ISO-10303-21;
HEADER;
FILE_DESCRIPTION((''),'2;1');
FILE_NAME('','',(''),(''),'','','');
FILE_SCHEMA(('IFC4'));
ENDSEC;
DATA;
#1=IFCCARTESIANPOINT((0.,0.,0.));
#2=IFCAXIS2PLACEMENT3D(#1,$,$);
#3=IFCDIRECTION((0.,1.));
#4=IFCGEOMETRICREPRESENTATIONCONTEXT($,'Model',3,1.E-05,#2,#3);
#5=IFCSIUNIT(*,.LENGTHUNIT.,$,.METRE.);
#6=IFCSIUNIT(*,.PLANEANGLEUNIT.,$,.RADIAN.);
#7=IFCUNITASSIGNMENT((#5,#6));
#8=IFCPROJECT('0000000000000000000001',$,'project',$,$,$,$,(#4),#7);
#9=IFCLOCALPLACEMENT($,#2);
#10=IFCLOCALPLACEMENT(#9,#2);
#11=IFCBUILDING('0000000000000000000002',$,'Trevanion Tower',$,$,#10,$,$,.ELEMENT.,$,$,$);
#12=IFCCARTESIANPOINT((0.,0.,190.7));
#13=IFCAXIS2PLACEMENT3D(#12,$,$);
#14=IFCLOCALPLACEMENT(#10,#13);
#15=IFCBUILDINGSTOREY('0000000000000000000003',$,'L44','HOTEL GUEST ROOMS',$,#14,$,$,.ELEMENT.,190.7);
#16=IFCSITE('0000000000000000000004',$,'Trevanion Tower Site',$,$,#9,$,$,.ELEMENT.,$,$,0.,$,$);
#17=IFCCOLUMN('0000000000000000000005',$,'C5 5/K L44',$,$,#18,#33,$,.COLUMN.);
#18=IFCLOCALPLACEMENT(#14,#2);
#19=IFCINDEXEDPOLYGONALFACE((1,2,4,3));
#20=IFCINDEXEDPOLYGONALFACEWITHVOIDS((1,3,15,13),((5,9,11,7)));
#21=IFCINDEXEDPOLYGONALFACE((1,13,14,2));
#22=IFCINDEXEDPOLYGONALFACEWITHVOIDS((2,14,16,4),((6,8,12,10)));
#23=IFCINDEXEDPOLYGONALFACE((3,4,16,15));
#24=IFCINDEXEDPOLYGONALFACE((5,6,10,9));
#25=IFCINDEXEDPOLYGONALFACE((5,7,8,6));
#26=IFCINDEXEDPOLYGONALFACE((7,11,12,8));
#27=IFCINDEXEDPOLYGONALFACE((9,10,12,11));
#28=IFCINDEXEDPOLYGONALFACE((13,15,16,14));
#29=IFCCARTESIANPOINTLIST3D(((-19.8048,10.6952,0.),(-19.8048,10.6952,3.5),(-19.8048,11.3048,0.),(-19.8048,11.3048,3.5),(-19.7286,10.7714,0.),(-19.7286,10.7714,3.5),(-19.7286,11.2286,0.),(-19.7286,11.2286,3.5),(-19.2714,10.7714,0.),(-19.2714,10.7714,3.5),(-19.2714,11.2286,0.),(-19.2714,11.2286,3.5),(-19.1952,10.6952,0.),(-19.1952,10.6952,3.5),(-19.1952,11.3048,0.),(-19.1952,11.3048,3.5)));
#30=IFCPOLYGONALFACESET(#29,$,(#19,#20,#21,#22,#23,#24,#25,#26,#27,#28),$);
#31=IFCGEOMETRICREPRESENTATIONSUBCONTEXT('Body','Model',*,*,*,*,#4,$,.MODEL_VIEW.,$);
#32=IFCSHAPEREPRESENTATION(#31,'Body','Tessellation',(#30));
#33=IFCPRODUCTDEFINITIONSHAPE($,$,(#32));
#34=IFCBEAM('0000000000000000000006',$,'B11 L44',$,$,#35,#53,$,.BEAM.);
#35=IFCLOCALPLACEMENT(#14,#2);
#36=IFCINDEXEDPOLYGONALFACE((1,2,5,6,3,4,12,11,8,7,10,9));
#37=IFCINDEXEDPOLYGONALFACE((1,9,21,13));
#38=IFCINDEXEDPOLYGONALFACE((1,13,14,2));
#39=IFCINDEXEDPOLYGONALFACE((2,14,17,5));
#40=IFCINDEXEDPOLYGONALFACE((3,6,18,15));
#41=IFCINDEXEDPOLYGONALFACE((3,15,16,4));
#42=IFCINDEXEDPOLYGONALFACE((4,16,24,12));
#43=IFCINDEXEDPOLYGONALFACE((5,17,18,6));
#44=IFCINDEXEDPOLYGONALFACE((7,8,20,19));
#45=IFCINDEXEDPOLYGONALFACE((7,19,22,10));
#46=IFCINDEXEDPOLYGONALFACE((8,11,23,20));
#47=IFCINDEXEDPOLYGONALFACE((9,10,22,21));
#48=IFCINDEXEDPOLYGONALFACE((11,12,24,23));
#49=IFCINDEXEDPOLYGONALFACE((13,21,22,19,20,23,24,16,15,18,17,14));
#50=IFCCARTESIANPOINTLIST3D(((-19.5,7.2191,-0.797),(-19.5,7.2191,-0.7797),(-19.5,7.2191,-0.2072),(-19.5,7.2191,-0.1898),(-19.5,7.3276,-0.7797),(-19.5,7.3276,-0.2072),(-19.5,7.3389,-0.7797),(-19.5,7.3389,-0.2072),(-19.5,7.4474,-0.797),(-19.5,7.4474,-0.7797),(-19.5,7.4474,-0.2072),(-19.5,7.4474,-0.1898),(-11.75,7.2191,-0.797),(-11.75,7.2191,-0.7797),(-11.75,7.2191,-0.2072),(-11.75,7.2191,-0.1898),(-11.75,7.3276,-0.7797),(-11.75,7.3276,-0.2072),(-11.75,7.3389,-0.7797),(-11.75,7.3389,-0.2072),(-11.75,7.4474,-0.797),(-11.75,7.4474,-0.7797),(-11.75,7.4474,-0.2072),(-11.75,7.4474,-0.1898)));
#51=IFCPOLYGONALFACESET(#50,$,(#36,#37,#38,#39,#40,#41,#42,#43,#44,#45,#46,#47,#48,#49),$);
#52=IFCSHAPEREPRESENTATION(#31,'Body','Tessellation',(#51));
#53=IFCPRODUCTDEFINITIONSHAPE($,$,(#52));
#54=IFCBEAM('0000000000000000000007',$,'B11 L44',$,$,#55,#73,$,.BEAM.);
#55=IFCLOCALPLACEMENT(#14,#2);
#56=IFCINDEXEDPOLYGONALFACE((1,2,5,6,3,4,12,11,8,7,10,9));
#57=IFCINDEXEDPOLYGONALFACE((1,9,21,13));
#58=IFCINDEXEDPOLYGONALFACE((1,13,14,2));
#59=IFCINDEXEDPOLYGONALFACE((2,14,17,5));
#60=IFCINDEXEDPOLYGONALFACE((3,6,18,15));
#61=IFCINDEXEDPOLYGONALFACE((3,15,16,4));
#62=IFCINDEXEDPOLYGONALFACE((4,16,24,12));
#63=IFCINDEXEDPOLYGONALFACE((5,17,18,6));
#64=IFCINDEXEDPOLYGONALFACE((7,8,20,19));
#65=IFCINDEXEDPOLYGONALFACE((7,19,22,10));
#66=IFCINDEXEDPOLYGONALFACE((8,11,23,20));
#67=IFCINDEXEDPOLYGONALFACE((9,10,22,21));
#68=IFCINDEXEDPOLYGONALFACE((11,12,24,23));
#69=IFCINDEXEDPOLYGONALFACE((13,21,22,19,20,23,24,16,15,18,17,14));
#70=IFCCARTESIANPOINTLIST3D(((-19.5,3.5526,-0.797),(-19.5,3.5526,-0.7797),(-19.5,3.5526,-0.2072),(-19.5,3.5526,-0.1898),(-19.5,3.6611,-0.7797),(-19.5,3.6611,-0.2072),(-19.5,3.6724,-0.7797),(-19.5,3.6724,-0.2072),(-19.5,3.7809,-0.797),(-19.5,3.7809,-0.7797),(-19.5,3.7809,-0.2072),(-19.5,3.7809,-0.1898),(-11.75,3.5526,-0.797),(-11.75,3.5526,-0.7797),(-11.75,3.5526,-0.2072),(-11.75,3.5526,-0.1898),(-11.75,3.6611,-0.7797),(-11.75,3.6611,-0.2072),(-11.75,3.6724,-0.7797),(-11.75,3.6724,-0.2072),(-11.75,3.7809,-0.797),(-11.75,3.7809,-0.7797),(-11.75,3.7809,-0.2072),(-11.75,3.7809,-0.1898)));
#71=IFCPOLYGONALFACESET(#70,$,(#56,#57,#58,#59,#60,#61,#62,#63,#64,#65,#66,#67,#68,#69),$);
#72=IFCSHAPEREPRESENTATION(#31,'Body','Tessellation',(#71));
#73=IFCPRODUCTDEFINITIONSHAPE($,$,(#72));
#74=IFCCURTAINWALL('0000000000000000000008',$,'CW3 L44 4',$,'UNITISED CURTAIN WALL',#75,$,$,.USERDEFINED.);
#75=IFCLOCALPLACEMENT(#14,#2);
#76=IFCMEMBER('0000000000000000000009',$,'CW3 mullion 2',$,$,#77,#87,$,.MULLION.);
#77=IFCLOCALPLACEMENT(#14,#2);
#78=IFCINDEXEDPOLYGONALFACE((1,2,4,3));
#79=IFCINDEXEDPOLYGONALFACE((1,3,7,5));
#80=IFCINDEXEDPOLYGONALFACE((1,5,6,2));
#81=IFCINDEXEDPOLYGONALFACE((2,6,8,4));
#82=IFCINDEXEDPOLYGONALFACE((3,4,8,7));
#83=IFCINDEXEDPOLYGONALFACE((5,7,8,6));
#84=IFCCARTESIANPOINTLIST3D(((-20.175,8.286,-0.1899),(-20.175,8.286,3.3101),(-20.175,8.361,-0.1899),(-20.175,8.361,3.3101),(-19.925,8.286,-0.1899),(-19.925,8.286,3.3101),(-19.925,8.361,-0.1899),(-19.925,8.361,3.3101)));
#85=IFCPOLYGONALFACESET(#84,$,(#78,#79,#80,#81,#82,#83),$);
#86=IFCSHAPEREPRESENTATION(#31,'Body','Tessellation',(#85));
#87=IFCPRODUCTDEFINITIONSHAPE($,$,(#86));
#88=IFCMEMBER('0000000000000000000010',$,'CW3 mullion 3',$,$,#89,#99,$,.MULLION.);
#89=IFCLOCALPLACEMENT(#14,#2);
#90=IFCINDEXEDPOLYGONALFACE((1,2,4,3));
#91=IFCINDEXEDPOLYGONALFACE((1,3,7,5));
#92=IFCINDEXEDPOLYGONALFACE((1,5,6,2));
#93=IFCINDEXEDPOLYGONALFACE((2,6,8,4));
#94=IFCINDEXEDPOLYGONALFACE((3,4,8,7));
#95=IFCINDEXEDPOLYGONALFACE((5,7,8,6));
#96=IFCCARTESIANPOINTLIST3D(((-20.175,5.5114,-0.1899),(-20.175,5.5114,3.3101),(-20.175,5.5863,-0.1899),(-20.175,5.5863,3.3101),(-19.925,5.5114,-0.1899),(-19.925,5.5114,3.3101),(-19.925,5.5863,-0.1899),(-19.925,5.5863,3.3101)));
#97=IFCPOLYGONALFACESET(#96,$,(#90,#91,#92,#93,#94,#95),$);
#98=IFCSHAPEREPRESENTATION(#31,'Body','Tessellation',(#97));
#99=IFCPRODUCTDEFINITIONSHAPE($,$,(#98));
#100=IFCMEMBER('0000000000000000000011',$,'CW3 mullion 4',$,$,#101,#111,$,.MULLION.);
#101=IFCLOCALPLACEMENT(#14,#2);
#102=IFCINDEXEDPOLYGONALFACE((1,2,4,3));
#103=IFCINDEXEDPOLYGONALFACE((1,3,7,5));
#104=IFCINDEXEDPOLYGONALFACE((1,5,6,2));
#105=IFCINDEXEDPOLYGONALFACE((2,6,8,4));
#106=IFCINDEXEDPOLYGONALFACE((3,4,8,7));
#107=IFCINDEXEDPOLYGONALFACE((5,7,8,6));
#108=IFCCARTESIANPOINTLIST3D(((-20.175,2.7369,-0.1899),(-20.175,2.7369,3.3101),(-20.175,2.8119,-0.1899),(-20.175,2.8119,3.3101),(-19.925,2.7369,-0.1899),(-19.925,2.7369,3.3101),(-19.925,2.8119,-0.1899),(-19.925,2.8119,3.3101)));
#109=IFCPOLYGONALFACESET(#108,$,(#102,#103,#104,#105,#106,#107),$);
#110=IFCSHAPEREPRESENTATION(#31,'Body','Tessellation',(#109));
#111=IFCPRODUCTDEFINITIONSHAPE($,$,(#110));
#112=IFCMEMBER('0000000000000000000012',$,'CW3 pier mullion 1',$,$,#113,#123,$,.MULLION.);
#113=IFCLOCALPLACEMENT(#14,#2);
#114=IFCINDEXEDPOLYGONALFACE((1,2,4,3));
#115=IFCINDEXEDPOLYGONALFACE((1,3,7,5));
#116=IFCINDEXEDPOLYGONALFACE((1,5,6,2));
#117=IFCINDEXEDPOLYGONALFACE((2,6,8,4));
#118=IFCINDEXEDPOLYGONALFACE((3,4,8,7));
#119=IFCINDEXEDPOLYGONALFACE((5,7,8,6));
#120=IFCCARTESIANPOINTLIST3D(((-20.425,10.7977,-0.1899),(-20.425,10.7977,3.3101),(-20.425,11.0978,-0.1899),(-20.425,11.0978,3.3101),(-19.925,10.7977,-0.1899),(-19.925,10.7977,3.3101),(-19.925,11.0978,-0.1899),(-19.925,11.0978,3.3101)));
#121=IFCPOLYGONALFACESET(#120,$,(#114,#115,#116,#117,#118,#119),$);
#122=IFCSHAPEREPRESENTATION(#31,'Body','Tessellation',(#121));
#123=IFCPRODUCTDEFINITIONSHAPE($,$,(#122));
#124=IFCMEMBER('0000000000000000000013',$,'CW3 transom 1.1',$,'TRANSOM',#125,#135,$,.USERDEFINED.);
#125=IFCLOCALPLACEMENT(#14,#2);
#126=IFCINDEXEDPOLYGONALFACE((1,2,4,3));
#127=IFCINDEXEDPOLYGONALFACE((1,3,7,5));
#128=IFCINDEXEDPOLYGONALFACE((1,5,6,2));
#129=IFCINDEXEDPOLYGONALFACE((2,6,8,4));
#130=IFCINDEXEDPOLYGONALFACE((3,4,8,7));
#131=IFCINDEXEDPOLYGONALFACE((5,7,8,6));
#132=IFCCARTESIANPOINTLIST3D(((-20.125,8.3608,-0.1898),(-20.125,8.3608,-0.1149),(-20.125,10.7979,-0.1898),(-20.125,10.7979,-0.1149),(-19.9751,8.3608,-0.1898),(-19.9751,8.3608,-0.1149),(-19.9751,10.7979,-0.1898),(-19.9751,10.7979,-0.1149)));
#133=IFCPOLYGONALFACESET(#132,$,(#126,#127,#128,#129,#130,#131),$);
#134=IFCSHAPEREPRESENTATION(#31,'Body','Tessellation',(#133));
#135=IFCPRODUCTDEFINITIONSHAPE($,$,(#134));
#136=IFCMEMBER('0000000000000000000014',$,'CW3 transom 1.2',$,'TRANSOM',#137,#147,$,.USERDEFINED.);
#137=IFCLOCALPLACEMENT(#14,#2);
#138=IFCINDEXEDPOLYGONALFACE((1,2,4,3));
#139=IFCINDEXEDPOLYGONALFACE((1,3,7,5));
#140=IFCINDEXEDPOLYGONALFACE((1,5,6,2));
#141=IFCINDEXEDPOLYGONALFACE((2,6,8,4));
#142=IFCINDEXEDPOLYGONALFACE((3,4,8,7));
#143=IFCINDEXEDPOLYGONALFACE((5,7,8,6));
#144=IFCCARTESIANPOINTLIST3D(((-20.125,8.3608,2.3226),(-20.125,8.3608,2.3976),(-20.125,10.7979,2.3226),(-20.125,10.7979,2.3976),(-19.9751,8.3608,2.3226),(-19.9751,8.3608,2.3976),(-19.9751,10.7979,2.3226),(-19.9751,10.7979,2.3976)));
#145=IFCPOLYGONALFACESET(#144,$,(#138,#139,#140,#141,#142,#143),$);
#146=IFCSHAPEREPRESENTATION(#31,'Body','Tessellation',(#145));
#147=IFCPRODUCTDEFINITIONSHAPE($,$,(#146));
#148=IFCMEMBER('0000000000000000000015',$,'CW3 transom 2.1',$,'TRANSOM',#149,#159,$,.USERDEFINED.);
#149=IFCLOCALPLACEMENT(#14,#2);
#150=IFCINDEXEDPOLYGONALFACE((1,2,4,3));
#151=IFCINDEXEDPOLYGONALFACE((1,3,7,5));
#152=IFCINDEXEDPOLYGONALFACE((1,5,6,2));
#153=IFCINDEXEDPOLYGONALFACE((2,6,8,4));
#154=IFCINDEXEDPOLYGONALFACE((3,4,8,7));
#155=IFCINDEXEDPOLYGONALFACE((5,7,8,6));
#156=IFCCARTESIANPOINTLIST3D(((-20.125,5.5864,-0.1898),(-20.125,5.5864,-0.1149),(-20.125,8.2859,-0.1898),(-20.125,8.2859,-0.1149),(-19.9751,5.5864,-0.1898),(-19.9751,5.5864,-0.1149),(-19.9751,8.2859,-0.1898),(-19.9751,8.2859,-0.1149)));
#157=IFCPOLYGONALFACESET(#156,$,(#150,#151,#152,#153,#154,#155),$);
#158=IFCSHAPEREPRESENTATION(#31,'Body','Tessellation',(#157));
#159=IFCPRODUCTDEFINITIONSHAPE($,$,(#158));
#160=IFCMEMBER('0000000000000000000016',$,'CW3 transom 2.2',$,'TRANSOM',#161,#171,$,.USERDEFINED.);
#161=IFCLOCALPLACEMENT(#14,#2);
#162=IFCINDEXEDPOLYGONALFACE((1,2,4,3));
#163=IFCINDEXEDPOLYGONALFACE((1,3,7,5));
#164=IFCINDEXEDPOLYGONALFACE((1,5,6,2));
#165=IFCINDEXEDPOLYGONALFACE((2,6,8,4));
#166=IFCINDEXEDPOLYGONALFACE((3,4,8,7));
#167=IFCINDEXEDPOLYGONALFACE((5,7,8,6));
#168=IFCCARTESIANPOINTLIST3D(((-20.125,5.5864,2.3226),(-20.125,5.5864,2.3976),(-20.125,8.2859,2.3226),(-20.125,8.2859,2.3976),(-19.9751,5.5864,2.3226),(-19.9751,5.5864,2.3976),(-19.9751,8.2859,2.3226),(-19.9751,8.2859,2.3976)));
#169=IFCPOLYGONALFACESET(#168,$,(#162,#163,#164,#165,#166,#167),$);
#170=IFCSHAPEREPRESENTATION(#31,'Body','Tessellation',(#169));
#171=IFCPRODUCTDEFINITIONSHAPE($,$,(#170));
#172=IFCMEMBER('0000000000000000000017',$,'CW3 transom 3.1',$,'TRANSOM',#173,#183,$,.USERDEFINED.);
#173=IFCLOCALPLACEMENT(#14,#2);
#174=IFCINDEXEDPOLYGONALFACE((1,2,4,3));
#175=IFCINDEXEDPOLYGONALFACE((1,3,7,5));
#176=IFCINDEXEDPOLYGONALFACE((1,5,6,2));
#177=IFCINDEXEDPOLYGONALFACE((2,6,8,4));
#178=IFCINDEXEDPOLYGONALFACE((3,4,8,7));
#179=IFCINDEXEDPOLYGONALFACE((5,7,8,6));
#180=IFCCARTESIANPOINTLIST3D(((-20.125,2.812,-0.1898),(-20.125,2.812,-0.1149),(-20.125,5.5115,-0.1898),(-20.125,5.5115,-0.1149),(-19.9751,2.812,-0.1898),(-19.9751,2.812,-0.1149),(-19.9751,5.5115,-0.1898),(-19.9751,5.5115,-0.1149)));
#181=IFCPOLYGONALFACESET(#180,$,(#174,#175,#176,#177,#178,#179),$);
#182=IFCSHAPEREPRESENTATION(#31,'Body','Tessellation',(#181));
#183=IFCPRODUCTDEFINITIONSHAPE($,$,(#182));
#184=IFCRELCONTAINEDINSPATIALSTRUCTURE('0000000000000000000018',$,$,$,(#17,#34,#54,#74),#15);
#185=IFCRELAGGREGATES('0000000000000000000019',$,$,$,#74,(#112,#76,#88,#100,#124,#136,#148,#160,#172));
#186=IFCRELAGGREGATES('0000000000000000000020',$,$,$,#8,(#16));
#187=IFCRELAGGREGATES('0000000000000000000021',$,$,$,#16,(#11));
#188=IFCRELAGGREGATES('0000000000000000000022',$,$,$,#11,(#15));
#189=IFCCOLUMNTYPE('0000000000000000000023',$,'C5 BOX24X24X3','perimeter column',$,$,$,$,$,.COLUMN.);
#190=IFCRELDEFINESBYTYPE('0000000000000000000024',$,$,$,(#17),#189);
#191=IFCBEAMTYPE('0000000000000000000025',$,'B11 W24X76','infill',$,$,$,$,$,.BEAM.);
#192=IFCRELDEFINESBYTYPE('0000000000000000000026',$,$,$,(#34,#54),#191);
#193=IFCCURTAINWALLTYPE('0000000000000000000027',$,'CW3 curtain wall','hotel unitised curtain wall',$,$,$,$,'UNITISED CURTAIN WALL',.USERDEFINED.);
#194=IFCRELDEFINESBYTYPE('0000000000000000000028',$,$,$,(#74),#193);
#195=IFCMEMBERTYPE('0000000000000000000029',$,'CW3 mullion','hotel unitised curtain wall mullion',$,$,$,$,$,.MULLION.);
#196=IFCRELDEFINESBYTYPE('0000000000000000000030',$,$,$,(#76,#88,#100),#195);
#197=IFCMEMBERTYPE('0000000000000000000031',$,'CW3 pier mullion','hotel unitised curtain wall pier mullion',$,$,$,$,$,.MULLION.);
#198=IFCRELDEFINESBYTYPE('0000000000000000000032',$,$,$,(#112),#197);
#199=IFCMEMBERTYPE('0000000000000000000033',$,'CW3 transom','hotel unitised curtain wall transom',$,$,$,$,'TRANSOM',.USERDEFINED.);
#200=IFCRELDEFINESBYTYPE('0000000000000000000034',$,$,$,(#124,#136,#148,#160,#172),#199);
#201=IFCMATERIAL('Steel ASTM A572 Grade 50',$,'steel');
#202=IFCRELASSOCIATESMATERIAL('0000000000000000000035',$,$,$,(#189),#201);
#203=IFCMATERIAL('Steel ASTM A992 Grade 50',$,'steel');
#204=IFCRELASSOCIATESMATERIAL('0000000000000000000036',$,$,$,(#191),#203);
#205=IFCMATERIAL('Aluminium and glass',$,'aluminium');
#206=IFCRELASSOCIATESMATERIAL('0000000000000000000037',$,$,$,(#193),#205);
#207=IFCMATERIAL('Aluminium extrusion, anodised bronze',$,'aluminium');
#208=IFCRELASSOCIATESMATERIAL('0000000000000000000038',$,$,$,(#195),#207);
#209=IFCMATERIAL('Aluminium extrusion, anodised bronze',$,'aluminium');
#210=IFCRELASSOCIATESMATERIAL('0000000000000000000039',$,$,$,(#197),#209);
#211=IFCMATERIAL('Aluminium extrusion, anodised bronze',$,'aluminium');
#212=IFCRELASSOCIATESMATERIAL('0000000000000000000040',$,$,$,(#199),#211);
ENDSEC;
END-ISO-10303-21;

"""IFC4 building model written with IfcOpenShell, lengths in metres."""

from ifc_helpers import new_model, si_unit, direction, frame, origin, origin_2d, place, context, subcontext, project, spatial, rectangle, hollow_rectangle, i_section, extrude, material, material_profile, profile_set, type_object, element, aggregate, save


model = new_model("IFC4")

# Units and contexts
model_context = context("Model", 3, precision=1e-05, world=origin(), true_north=direction((0.0, 1.0)))
body_context = subcontext(model_context, "Body", "Model", "MODEL_VIEW")
ifc_project = project(units=[si_unit("LENGTHUNIT", "METRE"), si_unit("PLANEANGLEUNIT", "RADIAN")], contexts=[model_context])

# Site, building, storey
site_placement = place(None, origin())
site = spatial("IfcSite", under=ifc_project, at=site_placement, Name="Trevanion Tower Site", CompositionType="ELEMENT", RefElevation=0.0)
building_placement = place(site_placement, origin())
building = spatial("IfcBuilding", under=site, at=building_placement, Name="Trevanion Tower", CompositionType="ELEMENT")
storey_placement = place(building_placement, frame((0.0, 0.0, 190.7)))
storey = spatial("IfcBuildingStorey", under=building, at=storey_placement, Name="L44", Description="HOTEL GUEST ROOMS", CompositionType="ELEMENT", Elevation=190.7)

# Column
ifc_material_1 = material(Name="Steel ASTM A572 Grade 50", Category="steel")
ifc_material_profile_1 = material_profile(ifc_material_1, hollow_rectangle(XDim=0.6096, YDim=0.6096, WallThickness=0.0762, at=origin_2d()), Name="BOX24X24X3")
ifc_profile_set_1 = profile_set([ifc_material_profile_1], Name="Steel ASTM A572 Grade 50")
column_type = type_object("IfcColumnType", Name="C5 BOX24X24X3", Description="perimeter column", PredefinedType="COLUMN", material=ifc_profile_set_1)
column_placement = place(storey_placement, frame((-19.5, 11.0, 0.0), z_axis=(0.0, 0.0, 1.0), x_axis=(0.0, 1.0, 0.0)))
element("IfcColumn", 1, at=column_placement, inside=storey, type_object=column_type, Name="C5 5/K L44", PredefinedType="COLUMN", context=body_context, shape_type="SweptSolid", body=[
    extrude(hollow_rectangle(XDim=0.6096, YDim=0.6096, WallThickness=0.0762, at=origin_2d()), origin(), (0.0, 0.0, 1.0), 3.5),
])

# Beams
ifc_material_2 = material(Name="Steel ASTM A992 Grade 50", Category="steel")
ifc_material_profile_2 = material_profile(ifc_material_2, i_section(OverallWidth=0.2283, OverallDepth=0.6072, WebThickness=0.0112, FlangeThickness=0.0173, at=origin_2d()), Name="W24X76")
ifc_profile_set_2 = profile_set([ifc_material_profile_2], Name="Steel ASTM A992 Grade 50")
beam_type_1 = type_object("IfcBeamType", Name="B11 W24X76", Description="infill", PredefinedType="BEAM", material=ifc_profile_set_2)
for number, where, z_axis, x_axis, name in (
    (2, (-11.75, 7.3333, -0.4934), (-1.0, 0.0, 0.0), (0.0, -1.0, 0.0), "B11 L44"),
    (3, (-11.75, 3.6667, -0.4934), (-1.0, 0.0, 0.0), (0.0, -1.0, 0.0), "B11 L44"),
):
    element("IfcBeam", number, at=place(storey_placement, frame(where, z_axis=z_axis, x_axis=x_axis)), inside=storey, type_object=beam_type_1, Name=name, PredefinedType="BEAM", context=body_context, shape_type="SweptSolid", body=[
        extrude(i_section(OverallWidth=0.2283, OverallDepth=0.6072, WebThickness=0.0112, FlangeThickness=0.0173, at=origin_2d()), origin(), (0.0, 0.0, 1.0), 7.75),
    ])

# Curtain wall, members
ifc_material_3 = material(Name="Aluminium and glass", Category="aluminium")
curtain_wall_type = type_object("IfcCurtainWallType", Name="CW3 curtain wall", Description="hotel unitised curtain wall", ElementType="UNITISED CURTAIN WALL", PredefinedType="USERDEFINED", material=ifc_material_3)
curtain_wall_placement = place(storey_placement, origin())
curtain_wall = element("IfcCurtainWall", 4, at=curtain_wall_placement, inside=storey, type_object=curtain_wall_type, Name="CW3 L44 4", ObjectType="UNITISED CURTAIN WALL", PredefinedType="USERDEFINED")
ifc_material_4 = material(Name="Aluminium extrusion, anodised bronze", Category="aluminium")
ifc_material_profile_3 = material_profile(ifc_material_4, rectangle(XDim=0.075, YDim=0.25, at=origin_2d()), Name="CW3 mullion")
ifc_profile_set_3 = profile_set([ifc_material_profile_3], Name="Aluminium extrusion, anodised bronze")
member_type_1 = type_object("IfcMemberType", Name="CW3 mullion", Description="hotel unitised curtain wall mullion", PredefinedType="MULLION", material=ifc_profile_set_3)
member_1_placement = place(storey_placement, frame((-20.05, 8.3235, -0.1899), z_axis=(0.0, 0.0, 1.0), x_axis=(0.0, -1.0, 0.0)))
member_1 = element("IfcMember", 5, at=member_1_placement, type_object=member_type_1, Name="CW3 mullion 2", PredefinedType="MULLION", context=body_context, shape_type="SweptSolid", body=[
    extrude(rectangle(XDim=0.075, YDim=0.25, at=origin_2d()), origin(), (0.0, 0.0, 1.0), 3.5),
])
member_2_placement = place(storey_placement, frame((-20.05, 5.5488, -0.1899), z_axis=(0.0, 0.0, 1.0), x_axis=(0.0, -1.0, 0.0)))
member_2 = element("IfcMember", 6, at=member_2_placement, type_object=member_type_1, Name="CW3 mullion 3", PredefinedType="MULLION", context=body_context, shape_type="SweptSolid", body=[
    extrude(rectangle(XDim=0.075, YDim=0.25, at=origin_2d()), origin(), (0.0, 0.0, 1.0), 3.5),
])
member_3_placement = place(storey_placement, frame((-20.05, 2.7744, -0.1899), z_axis=(0.0, 0.0, 1.0), x_axis=(0.0, -1.0, 0.0)))
member_3 = element("IfcMember", 7, at=member_3_placement, type_object=member_type_1, Name="CW3 mullion 4", PredefinedType="MULLION", context=body_context, shape_type="SweptSolid", body=[
    extrude(rectangle(XDim=0.075, YDim=0.25, at=origin_2d()), origin(), (0.0, 0.0, 1.0), 3.5),
])
ifc_material_5 = material(Name="Aluminium extrusion, anodised bronze", Category="aluminium")
ifc_material_profile_4 = material_profile(ifc_material_5, rectangle(XDim=0.3, YDim=0.5, at=origin_2d()), Name="CW3 pier mullion")
ifc_profile_set_4 = profile_set([ifc_material_profile_4], Name="Aluminium extrusion, anodised bronze")
member_type_2 = type_object("IfcMemberType", Name="CW3 pier mullion", Description="hotel unitised curtain wall pier mullion", PredefinedType="MULLION", material=ifc_profile_set_4)
member_4_placement = place(storey_placement, frame((-20.175, 10.9478, -0.1899), z_axis=(0.0, 0.0, 1.0), x_axis=(0.0, -1.0, 0.0)))
member_4 = element("IfcMember", 8, at=member_4_placement, type_object=member_type_2, Name="CW3 pier mullion 1", PredefinedType="MULLION", context=body_context, shape_type="SweptSolid", body=[
    extrude(rectangle(XDim=0.3, YDim=0.5, at=origin_2d()), origin(), (0.0, 0.0, 1.0), 3.5),
])
ifc_material_6 = material(Name="Aluminium extrusion, anodised bronze", Category="aluminium")
ifc_material_profile_5 = material_profile(ifc_material_6, rectangle(XDim=0.1499, YDim=0.075, at=origin_2d()), Name="CW3 transom")
ifc_profile_set_5 = profile_set([ifc_material_profile_5], Name="Aluminium extrusion, anodised bronze")
member_type_3 = type_object("IfcMemberType", Name="CW3 transom", Description="hotel unitised curtain wall transom", ElementType="TRANSOM", PredefinedType="USERDEFINED", material=ifc_profile_set_5)
member_5_placement = place(storey_placement, frame((-20.05, 10.7979, -0.1523), z_axis=(0.0, -1.0, 0.0), x_axis=(1.0, 0.0, 0.0)))
member_5 = element("IfcMember", 9, at=member_5_placement, type_object=member_type_3, Name="CW3 transom 1.1", ObjectType="TRANSOM", PredefinedType="USERDEFINED", context=body_context, shape_type="SweptSolid", body=[
    extrude(rectangle(XDim=0.1499, YDim=0.075, at=origin_2d()), origin(), (0.0, 0.0, 1.0), 2.437),
])
member_6_placement = place(storey_placement, frame((-20.05, 10.7979, 2.3601), z_axis=(0.0, -1.0, 0.0), x_axis=(1.0, 0.0, 0.0)))
member_6 = element("IfcMember", 10, at=member_6_placement, type_object=member_type_3, Name="CW3 transom 1.2", ObjectType="TRANSOM", PredefinedType="USERDEFINED", context=body_context, shape_type="SweptSolid", body=[
    extrude(rectangle(XDim=0.1499, YDim=0.075, at=origin_2d()), origin(), (0.0, 0.0, 1.0), 2.437),
])
member_7_placement = place(storey_placement, frame((-20.05, 8.2859, -0.1523), z_axis=(0.0, -1.0, 0.0), x_axis=(1.0, 0.0, 0.0)))
member_7 = element("IfcMember", 11, at=member_7_placement, type_object=member_type_3, Name="CW3 transom 2.1", ObjectType="TRANSOM", PredefinedType="USERDEFINED", context=body_context, shape_type="SweptSolid", body=[
    extrude(rectangle(XDim=0.1499, YDim=0.075, at=origin_2d()), origin(), (0.0, 0.0, 1.0), 2.6995),
])
member_8_placement = place(storey_placement, frame((-20.05, 8.2859, 2.3601), z_axis=(0.0, -1.0, 0.0), x_axis=(1.0, 0.0, 0.0)))
member_8 = element("IfcMember", 12, at=member_8_placement, type_object=member_type_3, Name="CW3 transom 2.2", ObjectType="TRANSOM", PredefinedType="USERDEFINED", context=body_context, shape_type="SweptSolid", body=[
    extrude(rectangle(XDim=0.1499, YDim=0.075, at=origin_2d()), origin(), (0.0, 0.0, 1.0), 2.6995),
])
member_9_placement = place(storey_placement, frame((-20.05, 5.5115, -0.1523), z_axis=(0.0, -1.0, 0.0), x_axis=(1.0, 0.0, 0.0)))
member_9 = element("IfcMember", 13, at=member_9_placement, type_object=member_type_3, Name="CW3 transom 3.1", ObjectType="TRANSOM", PredefinedType="USERDEFINED", context=body_context, shape_type="SweptSolid", body=[
    extrude(rectangle(XDim=0.1499, YDim=0.075, at=origin_2d()), origin(), (0.0, 0.0, 1.0), 2.6995),
])

aggregate(curtain_wall, [member_4, member_1, member_2, member_3, member_5, member_6, member_7, member_8, member_9])

save(model, "model.ifc")
